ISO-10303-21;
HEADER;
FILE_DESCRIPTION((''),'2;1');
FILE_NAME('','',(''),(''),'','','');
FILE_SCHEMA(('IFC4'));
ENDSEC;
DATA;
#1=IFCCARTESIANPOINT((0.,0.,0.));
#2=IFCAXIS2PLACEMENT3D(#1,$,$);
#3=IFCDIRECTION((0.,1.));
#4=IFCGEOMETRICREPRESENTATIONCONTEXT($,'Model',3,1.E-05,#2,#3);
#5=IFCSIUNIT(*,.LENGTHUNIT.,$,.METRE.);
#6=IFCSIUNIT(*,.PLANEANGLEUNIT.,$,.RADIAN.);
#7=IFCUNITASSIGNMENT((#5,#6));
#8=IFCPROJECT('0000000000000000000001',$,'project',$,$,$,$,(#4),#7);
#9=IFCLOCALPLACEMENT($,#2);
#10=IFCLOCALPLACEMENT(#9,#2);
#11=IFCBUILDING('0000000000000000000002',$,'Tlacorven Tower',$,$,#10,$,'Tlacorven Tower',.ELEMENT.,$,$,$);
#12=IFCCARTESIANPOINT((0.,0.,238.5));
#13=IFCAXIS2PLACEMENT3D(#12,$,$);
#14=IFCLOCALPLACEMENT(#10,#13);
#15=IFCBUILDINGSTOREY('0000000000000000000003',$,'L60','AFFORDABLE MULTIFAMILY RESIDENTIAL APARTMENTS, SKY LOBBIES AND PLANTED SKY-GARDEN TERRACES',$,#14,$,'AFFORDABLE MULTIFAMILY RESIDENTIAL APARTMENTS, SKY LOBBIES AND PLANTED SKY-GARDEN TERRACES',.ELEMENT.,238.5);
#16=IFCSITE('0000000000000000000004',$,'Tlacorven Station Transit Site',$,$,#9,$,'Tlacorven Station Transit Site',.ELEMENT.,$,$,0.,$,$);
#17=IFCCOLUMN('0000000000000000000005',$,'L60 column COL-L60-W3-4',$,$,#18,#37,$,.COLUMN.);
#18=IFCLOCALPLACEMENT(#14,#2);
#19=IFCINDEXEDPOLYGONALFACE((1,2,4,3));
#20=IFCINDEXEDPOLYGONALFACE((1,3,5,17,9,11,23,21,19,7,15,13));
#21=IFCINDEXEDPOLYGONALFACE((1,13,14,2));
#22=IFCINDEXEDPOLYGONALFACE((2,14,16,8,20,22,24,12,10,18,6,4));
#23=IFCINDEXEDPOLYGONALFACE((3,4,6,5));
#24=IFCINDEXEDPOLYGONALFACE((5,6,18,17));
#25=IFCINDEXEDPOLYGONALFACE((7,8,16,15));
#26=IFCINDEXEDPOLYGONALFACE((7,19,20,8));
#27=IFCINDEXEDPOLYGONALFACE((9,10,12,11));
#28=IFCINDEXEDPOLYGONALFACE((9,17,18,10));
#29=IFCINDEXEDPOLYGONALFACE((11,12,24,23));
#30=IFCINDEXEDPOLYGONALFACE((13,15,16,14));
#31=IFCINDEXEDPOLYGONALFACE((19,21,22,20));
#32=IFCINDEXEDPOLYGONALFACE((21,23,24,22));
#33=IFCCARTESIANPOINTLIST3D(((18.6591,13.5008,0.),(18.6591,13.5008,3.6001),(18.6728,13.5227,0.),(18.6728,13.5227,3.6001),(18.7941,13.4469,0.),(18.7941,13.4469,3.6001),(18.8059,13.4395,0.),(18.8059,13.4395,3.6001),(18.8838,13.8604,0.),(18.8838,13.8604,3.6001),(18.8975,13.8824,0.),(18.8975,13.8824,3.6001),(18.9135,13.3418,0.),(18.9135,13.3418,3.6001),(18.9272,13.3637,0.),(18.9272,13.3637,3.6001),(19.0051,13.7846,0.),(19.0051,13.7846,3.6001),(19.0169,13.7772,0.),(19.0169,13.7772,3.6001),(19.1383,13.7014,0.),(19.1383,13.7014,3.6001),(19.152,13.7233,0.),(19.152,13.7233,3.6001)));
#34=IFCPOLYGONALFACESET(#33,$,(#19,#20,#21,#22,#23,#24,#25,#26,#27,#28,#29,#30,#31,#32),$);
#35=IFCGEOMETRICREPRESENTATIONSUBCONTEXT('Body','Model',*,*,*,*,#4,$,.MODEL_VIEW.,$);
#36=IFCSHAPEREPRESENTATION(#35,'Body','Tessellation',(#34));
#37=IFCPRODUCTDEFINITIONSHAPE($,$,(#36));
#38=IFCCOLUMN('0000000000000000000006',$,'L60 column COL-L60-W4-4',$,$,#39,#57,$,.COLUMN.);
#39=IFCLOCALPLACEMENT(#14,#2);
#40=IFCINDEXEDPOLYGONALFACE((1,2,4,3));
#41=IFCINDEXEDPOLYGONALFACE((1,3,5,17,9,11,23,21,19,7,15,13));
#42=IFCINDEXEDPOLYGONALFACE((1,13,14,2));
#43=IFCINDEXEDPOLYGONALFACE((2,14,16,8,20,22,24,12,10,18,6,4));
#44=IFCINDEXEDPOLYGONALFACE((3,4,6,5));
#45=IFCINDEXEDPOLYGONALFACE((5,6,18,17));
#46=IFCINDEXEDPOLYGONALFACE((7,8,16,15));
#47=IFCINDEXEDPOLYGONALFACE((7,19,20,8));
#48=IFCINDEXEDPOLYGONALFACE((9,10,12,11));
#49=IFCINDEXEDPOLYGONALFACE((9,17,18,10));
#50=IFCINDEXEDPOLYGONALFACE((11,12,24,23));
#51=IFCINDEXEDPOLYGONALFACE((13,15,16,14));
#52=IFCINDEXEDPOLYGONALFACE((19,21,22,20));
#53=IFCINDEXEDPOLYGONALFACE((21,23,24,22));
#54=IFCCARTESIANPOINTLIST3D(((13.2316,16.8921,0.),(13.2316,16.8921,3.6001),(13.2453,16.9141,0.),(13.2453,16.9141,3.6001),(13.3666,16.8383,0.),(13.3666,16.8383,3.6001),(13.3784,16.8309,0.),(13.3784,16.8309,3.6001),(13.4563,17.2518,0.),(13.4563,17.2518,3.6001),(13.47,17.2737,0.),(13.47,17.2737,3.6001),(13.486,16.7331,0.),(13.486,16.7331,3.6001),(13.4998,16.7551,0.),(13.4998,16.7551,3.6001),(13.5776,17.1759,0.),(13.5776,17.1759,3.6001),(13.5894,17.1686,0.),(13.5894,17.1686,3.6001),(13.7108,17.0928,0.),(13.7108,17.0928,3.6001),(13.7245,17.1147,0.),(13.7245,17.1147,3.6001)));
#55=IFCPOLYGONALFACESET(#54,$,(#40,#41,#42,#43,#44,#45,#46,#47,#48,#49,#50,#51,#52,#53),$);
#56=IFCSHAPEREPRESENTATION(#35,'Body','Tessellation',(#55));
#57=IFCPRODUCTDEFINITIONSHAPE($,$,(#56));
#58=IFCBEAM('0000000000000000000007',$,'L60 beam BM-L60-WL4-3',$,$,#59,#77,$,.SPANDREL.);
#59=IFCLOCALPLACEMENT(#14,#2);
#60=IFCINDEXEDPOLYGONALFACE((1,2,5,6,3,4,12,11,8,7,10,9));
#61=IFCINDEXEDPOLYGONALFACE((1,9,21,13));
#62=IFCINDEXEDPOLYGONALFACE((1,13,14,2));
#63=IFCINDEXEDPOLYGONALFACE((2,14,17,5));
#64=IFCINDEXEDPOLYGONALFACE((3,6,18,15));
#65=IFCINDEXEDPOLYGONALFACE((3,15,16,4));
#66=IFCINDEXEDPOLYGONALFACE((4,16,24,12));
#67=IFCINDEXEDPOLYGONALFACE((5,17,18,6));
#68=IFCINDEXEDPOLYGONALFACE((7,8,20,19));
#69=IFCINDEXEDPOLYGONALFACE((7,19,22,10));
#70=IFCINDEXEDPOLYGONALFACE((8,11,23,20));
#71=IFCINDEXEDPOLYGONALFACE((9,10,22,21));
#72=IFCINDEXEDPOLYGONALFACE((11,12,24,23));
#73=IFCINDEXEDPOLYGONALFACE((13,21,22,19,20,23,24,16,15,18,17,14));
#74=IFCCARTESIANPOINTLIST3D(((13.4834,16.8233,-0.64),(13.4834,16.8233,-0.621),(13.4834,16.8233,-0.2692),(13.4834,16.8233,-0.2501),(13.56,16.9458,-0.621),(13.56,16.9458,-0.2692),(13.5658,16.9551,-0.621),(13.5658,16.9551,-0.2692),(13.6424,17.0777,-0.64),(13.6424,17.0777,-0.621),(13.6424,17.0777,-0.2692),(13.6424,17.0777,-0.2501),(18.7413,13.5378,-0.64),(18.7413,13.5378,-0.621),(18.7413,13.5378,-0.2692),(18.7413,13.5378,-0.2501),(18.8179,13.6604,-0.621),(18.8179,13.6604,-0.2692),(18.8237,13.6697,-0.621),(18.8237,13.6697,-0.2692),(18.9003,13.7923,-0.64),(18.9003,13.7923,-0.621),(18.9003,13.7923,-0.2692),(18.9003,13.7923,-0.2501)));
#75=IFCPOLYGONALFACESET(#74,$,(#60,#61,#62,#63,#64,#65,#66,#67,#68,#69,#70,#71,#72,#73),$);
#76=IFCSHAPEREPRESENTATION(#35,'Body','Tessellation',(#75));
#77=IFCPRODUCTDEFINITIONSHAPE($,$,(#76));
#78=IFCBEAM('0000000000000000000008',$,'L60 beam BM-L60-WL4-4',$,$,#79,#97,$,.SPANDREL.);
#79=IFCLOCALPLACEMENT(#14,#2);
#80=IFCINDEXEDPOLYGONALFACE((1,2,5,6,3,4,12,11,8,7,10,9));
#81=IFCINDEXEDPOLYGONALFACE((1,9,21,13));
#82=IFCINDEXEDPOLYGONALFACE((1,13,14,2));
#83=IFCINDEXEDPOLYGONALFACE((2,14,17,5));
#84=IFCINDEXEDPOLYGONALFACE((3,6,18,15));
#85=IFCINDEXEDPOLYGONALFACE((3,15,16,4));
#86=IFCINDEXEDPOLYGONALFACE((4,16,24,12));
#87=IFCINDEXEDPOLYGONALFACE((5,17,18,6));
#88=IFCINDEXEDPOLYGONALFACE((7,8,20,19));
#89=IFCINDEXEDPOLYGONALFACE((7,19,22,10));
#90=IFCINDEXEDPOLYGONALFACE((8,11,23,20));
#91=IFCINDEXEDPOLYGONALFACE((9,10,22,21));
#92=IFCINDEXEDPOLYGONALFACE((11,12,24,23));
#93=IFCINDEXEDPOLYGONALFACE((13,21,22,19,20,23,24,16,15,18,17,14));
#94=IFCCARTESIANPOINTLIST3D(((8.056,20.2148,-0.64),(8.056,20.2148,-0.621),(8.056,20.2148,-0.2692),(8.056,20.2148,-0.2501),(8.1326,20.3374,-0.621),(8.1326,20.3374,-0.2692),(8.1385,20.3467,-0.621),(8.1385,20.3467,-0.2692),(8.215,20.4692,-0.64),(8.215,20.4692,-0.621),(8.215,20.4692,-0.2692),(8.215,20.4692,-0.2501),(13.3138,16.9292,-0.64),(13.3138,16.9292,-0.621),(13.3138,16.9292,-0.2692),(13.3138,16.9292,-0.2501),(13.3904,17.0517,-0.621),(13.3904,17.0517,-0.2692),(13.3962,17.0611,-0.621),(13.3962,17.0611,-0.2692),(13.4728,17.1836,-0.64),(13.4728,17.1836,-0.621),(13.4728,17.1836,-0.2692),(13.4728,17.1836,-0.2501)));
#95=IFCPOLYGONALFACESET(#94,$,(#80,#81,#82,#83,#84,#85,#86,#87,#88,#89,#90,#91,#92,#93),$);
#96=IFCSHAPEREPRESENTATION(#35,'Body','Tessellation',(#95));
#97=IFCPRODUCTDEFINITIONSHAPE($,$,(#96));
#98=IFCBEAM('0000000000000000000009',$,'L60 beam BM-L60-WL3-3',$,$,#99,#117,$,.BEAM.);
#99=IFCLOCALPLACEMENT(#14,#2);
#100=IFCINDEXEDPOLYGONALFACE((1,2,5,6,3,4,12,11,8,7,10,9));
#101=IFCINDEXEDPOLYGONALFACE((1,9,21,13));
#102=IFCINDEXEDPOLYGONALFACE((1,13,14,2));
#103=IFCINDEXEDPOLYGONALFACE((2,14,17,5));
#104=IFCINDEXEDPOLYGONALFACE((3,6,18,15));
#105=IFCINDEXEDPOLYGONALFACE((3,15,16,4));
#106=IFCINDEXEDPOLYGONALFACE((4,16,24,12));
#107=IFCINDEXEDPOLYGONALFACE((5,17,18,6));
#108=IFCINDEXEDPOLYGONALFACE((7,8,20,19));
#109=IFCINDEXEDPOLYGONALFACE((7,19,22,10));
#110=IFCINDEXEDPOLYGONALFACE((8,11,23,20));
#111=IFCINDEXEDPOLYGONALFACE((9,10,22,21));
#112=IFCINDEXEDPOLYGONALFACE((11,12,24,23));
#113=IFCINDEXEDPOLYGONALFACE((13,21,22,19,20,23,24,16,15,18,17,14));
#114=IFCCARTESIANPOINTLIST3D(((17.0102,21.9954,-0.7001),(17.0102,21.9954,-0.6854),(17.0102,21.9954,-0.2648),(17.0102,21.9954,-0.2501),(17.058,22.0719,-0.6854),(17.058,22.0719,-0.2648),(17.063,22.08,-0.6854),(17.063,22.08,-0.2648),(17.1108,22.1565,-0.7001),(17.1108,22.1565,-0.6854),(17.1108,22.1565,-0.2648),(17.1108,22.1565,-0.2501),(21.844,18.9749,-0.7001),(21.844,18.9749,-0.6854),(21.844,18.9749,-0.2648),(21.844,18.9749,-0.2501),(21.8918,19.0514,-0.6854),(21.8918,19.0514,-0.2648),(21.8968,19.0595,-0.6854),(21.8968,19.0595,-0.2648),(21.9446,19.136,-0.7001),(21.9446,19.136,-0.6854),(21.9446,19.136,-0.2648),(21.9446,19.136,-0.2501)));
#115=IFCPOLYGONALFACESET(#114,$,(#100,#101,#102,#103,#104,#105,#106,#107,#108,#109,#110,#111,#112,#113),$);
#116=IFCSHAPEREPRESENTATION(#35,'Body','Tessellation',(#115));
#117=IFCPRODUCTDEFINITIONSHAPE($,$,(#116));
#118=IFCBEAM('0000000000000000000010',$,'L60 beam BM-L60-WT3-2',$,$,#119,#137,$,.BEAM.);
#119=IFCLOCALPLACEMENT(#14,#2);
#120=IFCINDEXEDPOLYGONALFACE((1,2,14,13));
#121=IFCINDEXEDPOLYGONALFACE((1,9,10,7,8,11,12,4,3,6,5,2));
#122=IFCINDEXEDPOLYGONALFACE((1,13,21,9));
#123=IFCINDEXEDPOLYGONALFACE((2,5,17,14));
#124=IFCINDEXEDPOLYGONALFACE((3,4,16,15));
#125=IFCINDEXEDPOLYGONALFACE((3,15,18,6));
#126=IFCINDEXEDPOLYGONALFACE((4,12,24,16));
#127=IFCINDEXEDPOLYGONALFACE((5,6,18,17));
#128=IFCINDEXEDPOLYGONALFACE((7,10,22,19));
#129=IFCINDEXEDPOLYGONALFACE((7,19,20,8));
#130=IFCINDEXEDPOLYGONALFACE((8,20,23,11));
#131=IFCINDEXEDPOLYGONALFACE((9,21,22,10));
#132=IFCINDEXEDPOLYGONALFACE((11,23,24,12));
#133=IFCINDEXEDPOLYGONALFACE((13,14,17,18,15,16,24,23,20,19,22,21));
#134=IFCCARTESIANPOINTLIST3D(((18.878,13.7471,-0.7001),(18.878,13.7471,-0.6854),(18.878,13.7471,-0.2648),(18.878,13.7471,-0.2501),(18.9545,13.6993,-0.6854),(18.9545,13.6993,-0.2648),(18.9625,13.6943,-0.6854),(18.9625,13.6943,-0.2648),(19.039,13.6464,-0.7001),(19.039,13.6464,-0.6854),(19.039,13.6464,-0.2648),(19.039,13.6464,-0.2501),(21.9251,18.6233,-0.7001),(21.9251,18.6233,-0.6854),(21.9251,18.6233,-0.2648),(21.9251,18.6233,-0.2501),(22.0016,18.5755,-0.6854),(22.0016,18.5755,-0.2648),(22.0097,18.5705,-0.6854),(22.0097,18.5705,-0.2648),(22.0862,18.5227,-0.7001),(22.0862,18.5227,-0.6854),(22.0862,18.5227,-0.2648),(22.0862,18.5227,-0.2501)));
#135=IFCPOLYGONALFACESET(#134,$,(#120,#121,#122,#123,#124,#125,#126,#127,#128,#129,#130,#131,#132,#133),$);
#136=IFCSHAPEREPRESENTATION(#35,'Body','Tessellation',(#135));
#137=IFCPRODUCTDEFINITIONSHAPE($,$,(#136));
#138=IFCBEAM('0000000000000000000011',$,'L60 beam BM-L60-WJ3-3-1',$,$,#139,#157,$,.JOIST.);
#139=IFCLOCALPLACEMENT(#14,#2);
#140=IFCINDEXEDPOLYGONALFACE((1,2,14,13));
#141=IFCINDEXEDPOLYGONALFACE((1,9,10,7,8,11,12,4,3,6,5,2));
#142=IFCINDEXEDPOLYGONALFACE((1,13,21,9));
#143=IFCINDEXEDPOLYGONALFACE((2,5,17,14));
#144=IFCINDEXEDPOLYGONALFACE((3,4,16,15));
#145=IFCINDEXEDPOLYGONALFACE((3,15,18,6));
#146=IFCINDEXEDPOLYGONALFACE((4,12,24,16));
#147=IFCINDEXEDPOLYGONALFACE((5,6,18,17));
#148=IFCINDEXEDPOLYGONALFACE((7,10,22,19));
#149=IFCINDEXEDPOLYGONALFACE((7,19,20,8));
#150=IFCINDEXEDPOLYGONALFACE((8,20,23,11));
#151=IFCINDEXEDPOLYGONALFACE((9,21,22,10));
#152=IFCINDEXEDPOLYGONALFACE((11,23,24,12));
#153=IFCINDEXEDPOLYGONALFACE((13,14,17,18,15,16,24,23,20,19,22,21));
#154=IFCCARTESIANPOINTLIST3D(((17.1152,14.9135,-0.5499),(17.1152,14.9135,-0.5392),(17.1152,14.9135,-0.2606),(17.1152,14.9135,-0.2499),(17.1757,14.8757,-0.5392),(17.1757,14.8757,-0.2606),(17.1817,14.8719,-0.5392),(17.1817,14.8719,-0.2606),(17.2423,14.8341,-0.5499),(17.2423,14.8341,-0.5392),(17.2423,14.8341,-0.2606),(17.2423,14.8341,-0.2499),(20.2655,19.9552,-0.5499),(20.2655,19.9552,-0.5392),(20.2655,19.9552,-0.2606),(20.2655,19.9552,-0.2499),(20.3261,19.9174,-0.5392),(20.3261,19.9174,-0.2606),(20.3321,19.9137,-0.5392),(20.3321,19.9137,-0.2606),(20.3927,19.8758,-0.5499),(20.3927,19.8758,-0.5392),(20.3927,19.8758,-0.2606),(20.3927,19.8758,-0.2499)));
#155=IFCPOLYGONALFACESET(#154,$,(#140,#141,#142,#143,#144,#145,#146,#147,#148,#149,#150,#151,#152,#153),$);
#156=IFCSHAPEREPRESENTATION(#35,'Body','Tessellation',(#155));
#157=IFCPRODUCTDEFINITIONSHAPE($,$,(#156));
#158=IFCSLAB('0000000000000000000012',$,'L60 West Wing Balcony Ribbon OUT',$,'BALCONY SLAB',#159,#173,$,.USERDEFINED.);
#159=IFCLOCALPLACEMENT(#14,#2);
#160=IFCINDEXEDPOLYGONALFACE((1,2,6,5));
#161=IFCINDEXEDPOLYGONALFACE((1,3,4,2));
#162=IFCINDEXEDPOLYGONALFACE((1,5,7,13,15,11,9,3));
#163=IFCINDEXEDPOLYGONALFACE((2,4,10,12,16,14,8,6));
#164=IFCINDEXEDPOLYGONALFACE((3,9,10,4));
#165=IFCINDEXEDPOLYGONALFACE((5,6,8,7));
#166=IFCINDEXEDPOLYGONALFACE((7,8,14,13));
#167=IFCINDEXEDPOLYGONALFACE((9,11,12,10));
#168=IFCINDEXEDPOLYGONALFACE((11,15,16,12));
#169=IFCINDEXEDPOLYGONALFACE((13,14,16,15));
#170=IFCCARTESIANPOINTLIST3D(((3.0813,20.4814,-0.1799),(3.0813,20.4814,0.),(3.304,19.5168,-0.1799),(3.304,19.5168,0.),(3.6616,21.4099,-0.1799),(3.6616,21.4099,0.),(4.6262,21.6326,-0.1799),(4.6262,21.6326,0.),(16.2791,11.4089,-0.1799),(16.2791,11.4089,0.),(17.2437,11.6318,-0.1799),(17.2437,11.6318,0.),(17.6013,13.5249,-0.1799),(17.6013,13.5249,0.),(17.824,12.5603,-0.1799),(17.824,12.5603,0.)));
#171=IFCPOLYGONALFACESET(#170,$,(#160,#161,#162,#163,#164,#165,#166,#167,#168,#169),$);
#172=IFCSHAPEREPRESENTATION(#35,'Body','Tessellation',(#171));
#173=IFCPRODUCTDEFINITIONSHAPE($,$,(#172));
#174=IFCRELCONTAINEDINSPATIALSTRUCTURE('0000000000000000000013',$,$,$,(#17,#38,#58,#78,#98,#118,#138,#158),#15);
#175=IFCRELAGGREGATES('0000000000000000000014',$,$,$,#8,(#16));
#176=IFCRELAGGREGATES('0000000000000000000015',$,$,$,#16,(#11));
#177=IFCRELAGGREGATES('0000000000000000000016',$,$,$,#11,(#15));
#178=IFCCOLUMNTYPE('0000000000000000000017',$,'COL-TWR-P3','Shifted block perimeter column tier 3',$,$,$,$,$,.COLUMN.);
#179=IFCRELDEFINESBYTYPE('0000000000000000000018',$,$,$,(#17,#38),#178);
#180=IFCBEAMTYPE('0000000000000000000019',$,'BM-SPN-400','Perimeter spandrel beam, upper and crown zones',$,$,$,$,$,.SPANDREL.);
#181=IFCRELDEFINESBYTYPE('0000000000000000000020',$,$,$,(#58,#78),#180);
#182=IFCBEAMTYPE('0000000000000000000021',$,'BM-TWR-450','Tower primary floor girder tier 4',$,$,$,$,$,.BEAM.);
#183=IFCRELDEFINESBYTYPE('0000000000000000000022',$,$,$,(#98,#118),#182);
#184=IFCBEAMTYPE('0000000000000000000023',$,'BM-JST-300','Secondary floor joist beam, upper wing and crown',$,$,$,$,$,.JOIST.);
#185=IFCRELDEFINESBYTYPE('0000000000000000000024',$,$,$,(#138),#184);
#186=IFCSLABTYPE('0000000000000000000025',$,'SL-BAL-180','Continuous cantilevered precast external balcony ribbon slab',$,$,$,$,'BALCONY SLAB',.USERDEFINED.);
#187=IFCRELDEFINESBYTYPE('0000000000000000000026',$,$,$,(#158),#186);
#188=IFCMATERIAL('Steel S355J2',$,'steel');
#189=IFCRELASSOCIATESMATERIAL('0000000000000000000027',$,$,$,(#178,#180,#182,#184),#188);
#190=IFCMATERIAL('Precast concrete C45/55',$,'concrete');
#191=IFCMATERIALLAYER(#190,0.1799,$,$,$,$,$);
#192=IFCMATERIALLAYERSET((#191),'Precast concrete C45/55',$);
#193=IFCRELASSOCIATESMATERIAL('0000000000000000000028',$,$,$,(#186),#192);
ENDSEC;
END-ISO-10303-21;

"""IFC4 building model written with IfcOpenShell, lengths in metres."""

from ifc_helpers import new_model, si_unit, direction, frame, origin, origin_2d, place, context, subcontext, project, spatial, polyline, i_section, outline, extrude, source, transform, mapped, material, layer, layer_set, material_profile, profile_set, type_object, element, save


model = new_model("IFC4")

# Units and contexts
model_context = context("Model", 3, precision=1e-05, world=origin(), true_north=direction((0.0, 1.0)))
body_context = subcontext(model_context, "Body", "Model", "MODEL_VIEW")
ifc_project = project(units=[si_unit("LENGTHUNIT", "METRE"), si_unit("PLANEANGLEUNIT", "RADIAN")], contexts=[model_context])

# Site, building, storey
site_placement = place(None, origin())
site = spatial("IfcSite", under=ifc_project, at=site_placement, Name="Tlacorven Station Transit Site", LongName="Tlacorven Station Transit Site", CompositionType="ELEMENT", RefElevation=0.0)
building_placement = place(site_placement, origin())
building = spatial("IfcBuilding", under=site, at=building_placement, Name="Tlacorven Tower", LongName="Tlacorven Tower", CompositionType="ELEMENT")
storey_placement = place(building_placement, frame((0.0, 0.0, 238.5)))
storey = spatial("IfcBuildingStorey", under=building, at=storey_placement, Name="L60", Description="AFFORDABLE MULTIFAMILY RESIDENTIAL APARTMENTS, SKY LOBBIES AND PLANTED SKY-GARDEN TERRACES", LongName="AFFORDABLE MULTIFAMILY RESIDENTIAL APARTMENTS, SKY LOBBIES AND PLANTED SKY-GARDEN TERRACES", CompositionType="ELEMENT", Elevation=238.5)

# Columns
ifc_material_1 = material(Name="Steel S355J2", Category="steel")
ifc_material_profile_1 = material_profile(ifc_material_1, i_section(OverallWidth=0.3, OverallDepth=0.45, WebThickness=0.0139, FlangeThickness=0.0259, at=origin_2d()), Name="HEB 450")
ifc_profile_set_1 = profile_set([ifc_material_profile_1], Name="Steel S355J2")
column_type = type_object("IfcColumnType", Name="COL-TWR-P3", Description="Shifted block perimeter column tier 3", PredefinedType="COLUMN", material=ifc_profile_set_1)
shared_shape_1 = source(origin(), body_context, "Body", "SweptSolid", [
    extrude(i_section(OverallWidth=0.3, OverallDepth=0.45, WebThickness=0.0139, FlangeThickness=0.0259, at=origin_2d()), origin(), (0.0, 0.0, 1.0), 3.6001),
])
for number, where, z_axis, x_axis, name in (
    (1, (18.9055, 13.6121, 0.0), (0.0, 0.0, 1.0), (-0.848048, 0.529919, 0.0), "L60 column COL-L60-W3-4"),
    (2, (13.478, 17.0034, 0.0), (0.0, 0.0, 1.0), (-0.848048, 0.529919, 0.0), "L60 column COL-L60-W4-4"),
):
    element("IfcColumn", number, at=place(storey_placement, frame(where, z_axis=z_axis, x_axis=x_axis)), inside=storey, type_object=column_type, Name=name, PredefinedType="COLUMN", context=body_context, shape_type="MappedRepresentation", body=[
        mapped(shared_shape_1, transform((0.0, 0.0, 0.0), scale=1.0)),
    ])

# Beams
ifc_material_profile_2 = material_profile(ifc_material_1, i_section(OverallWidth=0.3, OverallDepth=0.3899, WebThickness=0.011, FlangeThickness=0.019, at=origin_2d()), Name="HEA 400")
ifc_profile_set_2 = profile_set([ifc_material_profile_2], Name="Steel S355J2")
beam_type_1 = type_object("IfcBeamType", Name="BM-SPN-400", Description="Perimeter spandrel beam, upper and crown zones", PredefinedType="SPANDREL", material=ifc_profile_set_2)
shared_shape_2 = source(origin(), body_context, "Body", "SweptSolid", [
    extrude(i_section(OverallWidth=0.3, OverallDepth=0.3899, WebThickness=0.011, FlangeThickness=0.019, at=origin_2d()), origin(), (0.0, 0.0, 1.0), 6.2),
])
for number, where, z_axis, x_axis, name in (
    (3, (18.8208, 13.665, -0.4451), (-0.848051, 0.529914, 0.0), (-0.529914, -0.848051, 0.0), "L60 beam BM-L60-WL4-3"),
    (4, (13.3933, 17.0564, -0.4451), (-0.848034, 0.529942, 0.0), (-0.529942, -0.848034, 0.0), "L60 beam BM-L60-WL4-4"),
):
    element("IfcBeam", number, at=place(storey_placement, frame(where, z_axis=z_axis, x_axis=x_axis)), inside=storey, type_object=beam_type_1, Name=name, PredefinedType="SPANDREL", context=body_context, shape_type="MappedRepresentation", body=[
        mapped(shared_shape_2, transform((0.0, 0.0, 0.0), scale=1.0)),
    ])
ifc_material_profile_3 = material_profile(ifc_material_1, i_section(OverallWidth=0.1899, OverallDepth=0.45, WebThickness=0.0095, FlangeThickness=0.0146, at=origin_2d()), Name="IPE 450")
ifc_profile_set_3 = profile_set([ifc_material_profile_3], Name="Steel S355J2")
beam_type_2 = type_object("IfcBeamType", Name="BM-TWR-450", Description="Tower primary floor girder tier 4", PredefinedType="BEAM", material=ifc_profile_set_3)
shared_shape_3 = source(origin(), body_context, "Body", "SweptSolid", [
    extrude(i_section(OverallWidth=0.1899, OverallDepth=0.45, WebThickness=0.0095, FlangeThickness=0.0146, at=origin_2d()), origin(), (0.0, 0.0, 1.0), 5.7),
])
beam_1_placement = place(storey_placement, frame((21.8943, 19.0554, -0.4751), z_axis=(-0.848044, 0.529926, 0.0), x_axis=(-0.529926, -0.848044, 0.0)))
element("IfcBeam", 5, at=beam_1_placement, inside=storey, type_object=beam_type_2, Name="L60 beam BM-L60-WL3-3", PredefinedType="BEAM", context=body_context, shape_type="MappedRepresentation", body=[
    mapped(shared_shape_3, transform((0.0, 0.0, 0.0), scale=1.0)),
])
shared_shape_4 = source(origin(), body_context, "Body", "SweptSolid", [
    extrude(i_section(OverallWidth=0.1899, OverallDepth=0.45, WebThickness=0.0095, FlangeThickness=0.0146, at=origin_2d()), origin(), (0.0, 0.0, 1.0), 5.75),
])
beam_2_placement = place(storey_placement, frame((22.0056, 18.573, -0.4751), z_axis=(-0.529934, -0.848039, 0.0), x_axis=(0.848039, -0.529934, 0.0)))
element("IfcBeam", 6, at=beam_2_placement, inside=storey, type_object=beam_type_2, Name="L60 beam BM-L60-WT3-2", PredefinedType="BEAM", context=body_context, shape_type="MappedRepresentation", body=[
    mapped(shared_shape_4, transform((0.0, 0.0, 0.0), scale=1.0)),
])
ifc_material_profile_4 = material_profile(ifc_material_1, i_section(OverallWidth=0.1499, OverallDepth=0.3, WebThickness=0.0071, FlangeThickness=0.0107, at=origin_2d()), Name="IPE 300")
ifc_profile_set_4 = profile_set([ifc_material_profile_4], Name="Steel S355J2")
beam_type_3 = type_object("IfcBeamType", Name="BM-JST-300", Description="Secondary floor joist beam, upper wing and crown", PredefinedType="JOIST", material=ifc_profile_set_4)
shared_shape_5 = source(origin(), body_context, "Body", "SweptSolid", [
    extrude(i_section(OverallWidth=0.1499, OverallDepth=0.3, WebThickness=0.0071, FlangeThickness=0.0107, at=origin_2d()), origin(), (0.0, 0.0, 1.0), 5.9451),
])
beam_3_placement = place(storey_placement, frame((20.3291, 19.9155, -0.3999), z_axis=(-0.529914, -0.848051, 0.0), x_axis=(0.848051, -0.529914, 0.0)))
element("IfcBeam", 7, at=beam_3_placement, inside=storey, type_object=beam_type_3, Name="L60 beam BM-L60-WJ3-3-1", PredefinedType="JOIST", context=body_context, shape_type="MappedRepresentation", body=[
    mapped(shared_shape_5, transform((0.0, 0.0, 0.0), scale=1.0)),
])

# Slab
ifc_material_2 = material(Name="Precast concrete C45/55", Category="concrete")
ifc_layer_1 = layer(ifc_material_2, 0.1799)
ifc_layer_set_1 = layer_set([ifc_layer_1], Name="Precast concrete C45/55")
slab_type_1 = type_object("IfcSlabType", Name="SL-BAL-180", Description="Continuous cantilevered precast external balcony ribbon slab", ElementType="BALCONY SLAB", PredefinedType="USERDEFINED", material=ifc_layer_set_1)
slab_1_placement = place(storey_placement, frame((0.0, 0.0, -0.1799)))
element("IfcSlab", 8, at=slab_1_placement, inside=storey, type_object=slab_type_1, Name="L60 West Wing Balcony Ribbon OUT", ObjectType="BALCONY SLAB", PredefinedType="USERDEFINED", context=body_context, shape_type="SweptSolid", body=[
    extrude(outline(polyline([(17.6013, 13.5249), (4.6262, 21.6326), (3.6616, 21.4099), (3.0813, 20.4814), (3.304, 19.5168), (16.2791, 11.4089), (17.2437, 11.6318), (17.824, 12.5603), (17.6013, 13.5249)])), origin(), (0.0, 0.0, 1.0), 0.1799),
])

save(model, "model.ifc")
